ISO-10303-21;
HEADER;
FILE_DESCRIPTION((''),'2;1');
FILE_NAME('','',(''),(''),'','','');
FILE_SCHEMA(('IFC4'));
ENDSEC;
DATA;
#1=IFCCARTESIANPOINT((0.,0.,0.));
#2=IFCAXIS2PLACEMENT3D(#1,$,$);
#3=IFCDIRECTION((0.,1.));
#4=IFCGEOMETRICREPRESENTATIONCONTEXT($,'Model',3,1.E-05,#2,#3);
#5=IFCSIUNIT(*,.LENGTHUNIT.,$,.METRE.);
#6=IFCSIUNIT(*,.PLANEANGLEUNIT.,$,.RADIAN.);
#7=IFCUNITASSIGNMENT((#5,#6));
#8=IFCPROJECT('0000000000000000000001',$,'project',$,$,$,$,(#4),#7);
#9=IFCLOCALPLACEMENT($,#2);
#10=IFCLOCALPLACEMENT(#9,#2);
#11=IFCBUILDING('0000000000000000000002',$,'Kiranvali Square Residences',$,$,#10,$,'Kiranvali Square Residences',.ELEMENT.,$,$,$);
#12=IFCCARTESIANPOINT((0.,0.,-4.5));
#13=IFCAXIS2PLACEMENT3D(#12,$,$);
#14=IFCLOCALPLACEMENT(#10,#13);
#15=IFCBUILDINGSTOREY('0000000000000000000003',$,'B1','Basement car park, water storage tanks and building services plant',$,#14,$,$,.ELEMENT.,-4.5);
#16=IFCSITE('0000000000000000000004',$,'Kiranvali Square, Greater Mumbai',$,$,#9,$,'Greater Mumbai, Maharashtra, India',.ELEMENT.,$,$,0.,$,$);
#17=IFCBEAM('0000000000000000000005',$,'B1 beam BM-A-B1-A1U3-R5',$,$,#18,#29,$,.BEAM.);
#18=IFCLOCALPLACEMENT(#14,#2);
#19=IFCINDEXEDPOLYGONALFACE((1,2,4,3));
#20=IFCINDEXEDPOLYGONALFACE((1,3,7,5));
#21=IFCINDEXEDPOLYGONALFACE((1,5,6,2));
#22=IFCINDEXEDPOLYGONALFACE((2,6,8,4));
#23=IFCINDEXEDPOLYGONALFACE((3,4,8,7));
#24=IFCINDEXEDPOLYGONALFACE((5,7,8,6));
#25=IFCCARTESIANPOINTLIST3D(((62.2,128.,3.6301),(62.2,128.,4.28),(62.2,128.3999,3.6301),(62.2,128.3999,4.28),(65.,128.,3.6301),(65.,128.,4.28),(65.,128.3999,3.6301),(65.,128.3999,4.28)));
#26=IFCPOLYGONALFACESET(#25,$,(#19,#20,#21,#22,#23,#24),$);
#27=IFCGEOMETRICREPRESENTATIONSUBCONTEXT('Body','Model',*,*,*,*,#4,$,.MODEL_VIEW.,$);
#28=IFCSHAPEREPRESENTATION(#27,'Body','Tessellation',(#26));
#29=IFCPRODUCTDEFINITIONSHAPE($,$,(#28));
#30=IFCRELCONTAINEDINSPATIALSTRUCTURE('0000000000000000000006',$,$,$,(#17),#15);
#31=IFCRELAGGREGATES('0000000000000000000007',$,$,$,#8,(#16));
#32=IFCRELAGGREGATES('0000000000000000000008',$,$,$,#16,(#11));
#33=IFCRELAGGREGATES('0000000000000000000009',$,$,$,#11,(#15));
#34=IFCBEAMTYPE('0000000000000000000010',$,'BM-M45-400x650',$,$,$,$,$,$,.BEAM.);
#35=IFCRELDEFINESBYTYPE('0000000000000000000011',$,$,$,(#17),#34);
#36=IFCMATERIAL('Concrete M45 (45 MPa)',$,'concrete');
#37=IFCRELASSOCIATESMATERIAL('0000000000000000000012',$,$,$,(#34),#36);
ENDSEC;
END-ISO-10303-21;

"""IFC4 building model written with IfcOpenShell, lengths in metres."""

from ifc_helpers import new_model, si_unit, direction, frame, origin, origin_2d, place, context, subcontext, project, spatial, rectangle, extrude, material, material_profile, profile_set, type_object, element, save


model = new_model("IFC4")

# Units and contexts
model_context = context("Model", 3, precision=1e-05, world=origin(), true_north=direction((0.0, 1.0)))
body_context = subcontext(model_context, "Body", "Model", "MODEL_VIEW")
ifc_project = project(units=[si_unit("LENGTHUNIT", "METRE"), si_unit("PLANEANGLEUNIT", "RADIAN")], contexts=[model_context])

# Site, building, storey
site_placement = place(None, origin())
site = spatial("IfcSite", under=ifc_project, at=site_placement, Name="Kiranvali Square, Greater Mumbai", LongName="Greater Mumbai, Maharashtra, India", CompositionType="ELEMENT", RefElevation=0.0)
building_placement = place(site_placement, origin())
building = spatial("IfcBuilding", under=site, at=building_placement, Name="Kiranvali Square Residences", LongName="Kiranvali Square Residences", CompositionType="ELEMENT")
storey_placement = place(building_placement, frame((0.0, 0.0, -4.5)))
storey = spatial("IfcBuildingStorey", under=building, at=storey_placement, Name="B1", Description="Basement car park, water storage tanks and building services plant", CompositionType="ELEMENT", Elevation=-4.5)

# Beam
ifc_material_1 = material(Name="Concrete M45 (45 MPa)", Category="concrete")
ifc_material_profile_1 = material_profile(ifc_material_1, rectangle(XDim=0.3999, YDim=0.6499, at=origin_2d()), Name="RC 400x650")
ifc_profile_set_1 = profile_set([ifc_material_profile_1], Name="Concrete M45 (45 MPa)")
beam_type_1 = type_object("IfcBeamType", Name="BM-M45-400x650", PredefinedType="BEAM", material=ifc_profile_set_1)
for number, where, z_axis, x_axis, name in (
    (1, (62.2, 128.2, 3.9551), (1.0, 0.0, 0.0), (0.0, 1.0, 0.0), "B1 beam BM-A-B1-A1U3-R5"),
):
    element("IfcBeam", number, at=place(storey_placement, frame(where, z_axis=z_axis, x_axis=x_axis)), inside=storey, type_object=beam_type_1, Name=name, PredefinedType="BEAM", context=body_context, shape_type="SweptSolid", body=[
        extrude(rectangle(XDim=0.3999, YDim=0.6499, at=origin_2d()), origin(), (0.0, 0.0, 1.0), 2.8),
    ])

save(model, "model.ifc")
